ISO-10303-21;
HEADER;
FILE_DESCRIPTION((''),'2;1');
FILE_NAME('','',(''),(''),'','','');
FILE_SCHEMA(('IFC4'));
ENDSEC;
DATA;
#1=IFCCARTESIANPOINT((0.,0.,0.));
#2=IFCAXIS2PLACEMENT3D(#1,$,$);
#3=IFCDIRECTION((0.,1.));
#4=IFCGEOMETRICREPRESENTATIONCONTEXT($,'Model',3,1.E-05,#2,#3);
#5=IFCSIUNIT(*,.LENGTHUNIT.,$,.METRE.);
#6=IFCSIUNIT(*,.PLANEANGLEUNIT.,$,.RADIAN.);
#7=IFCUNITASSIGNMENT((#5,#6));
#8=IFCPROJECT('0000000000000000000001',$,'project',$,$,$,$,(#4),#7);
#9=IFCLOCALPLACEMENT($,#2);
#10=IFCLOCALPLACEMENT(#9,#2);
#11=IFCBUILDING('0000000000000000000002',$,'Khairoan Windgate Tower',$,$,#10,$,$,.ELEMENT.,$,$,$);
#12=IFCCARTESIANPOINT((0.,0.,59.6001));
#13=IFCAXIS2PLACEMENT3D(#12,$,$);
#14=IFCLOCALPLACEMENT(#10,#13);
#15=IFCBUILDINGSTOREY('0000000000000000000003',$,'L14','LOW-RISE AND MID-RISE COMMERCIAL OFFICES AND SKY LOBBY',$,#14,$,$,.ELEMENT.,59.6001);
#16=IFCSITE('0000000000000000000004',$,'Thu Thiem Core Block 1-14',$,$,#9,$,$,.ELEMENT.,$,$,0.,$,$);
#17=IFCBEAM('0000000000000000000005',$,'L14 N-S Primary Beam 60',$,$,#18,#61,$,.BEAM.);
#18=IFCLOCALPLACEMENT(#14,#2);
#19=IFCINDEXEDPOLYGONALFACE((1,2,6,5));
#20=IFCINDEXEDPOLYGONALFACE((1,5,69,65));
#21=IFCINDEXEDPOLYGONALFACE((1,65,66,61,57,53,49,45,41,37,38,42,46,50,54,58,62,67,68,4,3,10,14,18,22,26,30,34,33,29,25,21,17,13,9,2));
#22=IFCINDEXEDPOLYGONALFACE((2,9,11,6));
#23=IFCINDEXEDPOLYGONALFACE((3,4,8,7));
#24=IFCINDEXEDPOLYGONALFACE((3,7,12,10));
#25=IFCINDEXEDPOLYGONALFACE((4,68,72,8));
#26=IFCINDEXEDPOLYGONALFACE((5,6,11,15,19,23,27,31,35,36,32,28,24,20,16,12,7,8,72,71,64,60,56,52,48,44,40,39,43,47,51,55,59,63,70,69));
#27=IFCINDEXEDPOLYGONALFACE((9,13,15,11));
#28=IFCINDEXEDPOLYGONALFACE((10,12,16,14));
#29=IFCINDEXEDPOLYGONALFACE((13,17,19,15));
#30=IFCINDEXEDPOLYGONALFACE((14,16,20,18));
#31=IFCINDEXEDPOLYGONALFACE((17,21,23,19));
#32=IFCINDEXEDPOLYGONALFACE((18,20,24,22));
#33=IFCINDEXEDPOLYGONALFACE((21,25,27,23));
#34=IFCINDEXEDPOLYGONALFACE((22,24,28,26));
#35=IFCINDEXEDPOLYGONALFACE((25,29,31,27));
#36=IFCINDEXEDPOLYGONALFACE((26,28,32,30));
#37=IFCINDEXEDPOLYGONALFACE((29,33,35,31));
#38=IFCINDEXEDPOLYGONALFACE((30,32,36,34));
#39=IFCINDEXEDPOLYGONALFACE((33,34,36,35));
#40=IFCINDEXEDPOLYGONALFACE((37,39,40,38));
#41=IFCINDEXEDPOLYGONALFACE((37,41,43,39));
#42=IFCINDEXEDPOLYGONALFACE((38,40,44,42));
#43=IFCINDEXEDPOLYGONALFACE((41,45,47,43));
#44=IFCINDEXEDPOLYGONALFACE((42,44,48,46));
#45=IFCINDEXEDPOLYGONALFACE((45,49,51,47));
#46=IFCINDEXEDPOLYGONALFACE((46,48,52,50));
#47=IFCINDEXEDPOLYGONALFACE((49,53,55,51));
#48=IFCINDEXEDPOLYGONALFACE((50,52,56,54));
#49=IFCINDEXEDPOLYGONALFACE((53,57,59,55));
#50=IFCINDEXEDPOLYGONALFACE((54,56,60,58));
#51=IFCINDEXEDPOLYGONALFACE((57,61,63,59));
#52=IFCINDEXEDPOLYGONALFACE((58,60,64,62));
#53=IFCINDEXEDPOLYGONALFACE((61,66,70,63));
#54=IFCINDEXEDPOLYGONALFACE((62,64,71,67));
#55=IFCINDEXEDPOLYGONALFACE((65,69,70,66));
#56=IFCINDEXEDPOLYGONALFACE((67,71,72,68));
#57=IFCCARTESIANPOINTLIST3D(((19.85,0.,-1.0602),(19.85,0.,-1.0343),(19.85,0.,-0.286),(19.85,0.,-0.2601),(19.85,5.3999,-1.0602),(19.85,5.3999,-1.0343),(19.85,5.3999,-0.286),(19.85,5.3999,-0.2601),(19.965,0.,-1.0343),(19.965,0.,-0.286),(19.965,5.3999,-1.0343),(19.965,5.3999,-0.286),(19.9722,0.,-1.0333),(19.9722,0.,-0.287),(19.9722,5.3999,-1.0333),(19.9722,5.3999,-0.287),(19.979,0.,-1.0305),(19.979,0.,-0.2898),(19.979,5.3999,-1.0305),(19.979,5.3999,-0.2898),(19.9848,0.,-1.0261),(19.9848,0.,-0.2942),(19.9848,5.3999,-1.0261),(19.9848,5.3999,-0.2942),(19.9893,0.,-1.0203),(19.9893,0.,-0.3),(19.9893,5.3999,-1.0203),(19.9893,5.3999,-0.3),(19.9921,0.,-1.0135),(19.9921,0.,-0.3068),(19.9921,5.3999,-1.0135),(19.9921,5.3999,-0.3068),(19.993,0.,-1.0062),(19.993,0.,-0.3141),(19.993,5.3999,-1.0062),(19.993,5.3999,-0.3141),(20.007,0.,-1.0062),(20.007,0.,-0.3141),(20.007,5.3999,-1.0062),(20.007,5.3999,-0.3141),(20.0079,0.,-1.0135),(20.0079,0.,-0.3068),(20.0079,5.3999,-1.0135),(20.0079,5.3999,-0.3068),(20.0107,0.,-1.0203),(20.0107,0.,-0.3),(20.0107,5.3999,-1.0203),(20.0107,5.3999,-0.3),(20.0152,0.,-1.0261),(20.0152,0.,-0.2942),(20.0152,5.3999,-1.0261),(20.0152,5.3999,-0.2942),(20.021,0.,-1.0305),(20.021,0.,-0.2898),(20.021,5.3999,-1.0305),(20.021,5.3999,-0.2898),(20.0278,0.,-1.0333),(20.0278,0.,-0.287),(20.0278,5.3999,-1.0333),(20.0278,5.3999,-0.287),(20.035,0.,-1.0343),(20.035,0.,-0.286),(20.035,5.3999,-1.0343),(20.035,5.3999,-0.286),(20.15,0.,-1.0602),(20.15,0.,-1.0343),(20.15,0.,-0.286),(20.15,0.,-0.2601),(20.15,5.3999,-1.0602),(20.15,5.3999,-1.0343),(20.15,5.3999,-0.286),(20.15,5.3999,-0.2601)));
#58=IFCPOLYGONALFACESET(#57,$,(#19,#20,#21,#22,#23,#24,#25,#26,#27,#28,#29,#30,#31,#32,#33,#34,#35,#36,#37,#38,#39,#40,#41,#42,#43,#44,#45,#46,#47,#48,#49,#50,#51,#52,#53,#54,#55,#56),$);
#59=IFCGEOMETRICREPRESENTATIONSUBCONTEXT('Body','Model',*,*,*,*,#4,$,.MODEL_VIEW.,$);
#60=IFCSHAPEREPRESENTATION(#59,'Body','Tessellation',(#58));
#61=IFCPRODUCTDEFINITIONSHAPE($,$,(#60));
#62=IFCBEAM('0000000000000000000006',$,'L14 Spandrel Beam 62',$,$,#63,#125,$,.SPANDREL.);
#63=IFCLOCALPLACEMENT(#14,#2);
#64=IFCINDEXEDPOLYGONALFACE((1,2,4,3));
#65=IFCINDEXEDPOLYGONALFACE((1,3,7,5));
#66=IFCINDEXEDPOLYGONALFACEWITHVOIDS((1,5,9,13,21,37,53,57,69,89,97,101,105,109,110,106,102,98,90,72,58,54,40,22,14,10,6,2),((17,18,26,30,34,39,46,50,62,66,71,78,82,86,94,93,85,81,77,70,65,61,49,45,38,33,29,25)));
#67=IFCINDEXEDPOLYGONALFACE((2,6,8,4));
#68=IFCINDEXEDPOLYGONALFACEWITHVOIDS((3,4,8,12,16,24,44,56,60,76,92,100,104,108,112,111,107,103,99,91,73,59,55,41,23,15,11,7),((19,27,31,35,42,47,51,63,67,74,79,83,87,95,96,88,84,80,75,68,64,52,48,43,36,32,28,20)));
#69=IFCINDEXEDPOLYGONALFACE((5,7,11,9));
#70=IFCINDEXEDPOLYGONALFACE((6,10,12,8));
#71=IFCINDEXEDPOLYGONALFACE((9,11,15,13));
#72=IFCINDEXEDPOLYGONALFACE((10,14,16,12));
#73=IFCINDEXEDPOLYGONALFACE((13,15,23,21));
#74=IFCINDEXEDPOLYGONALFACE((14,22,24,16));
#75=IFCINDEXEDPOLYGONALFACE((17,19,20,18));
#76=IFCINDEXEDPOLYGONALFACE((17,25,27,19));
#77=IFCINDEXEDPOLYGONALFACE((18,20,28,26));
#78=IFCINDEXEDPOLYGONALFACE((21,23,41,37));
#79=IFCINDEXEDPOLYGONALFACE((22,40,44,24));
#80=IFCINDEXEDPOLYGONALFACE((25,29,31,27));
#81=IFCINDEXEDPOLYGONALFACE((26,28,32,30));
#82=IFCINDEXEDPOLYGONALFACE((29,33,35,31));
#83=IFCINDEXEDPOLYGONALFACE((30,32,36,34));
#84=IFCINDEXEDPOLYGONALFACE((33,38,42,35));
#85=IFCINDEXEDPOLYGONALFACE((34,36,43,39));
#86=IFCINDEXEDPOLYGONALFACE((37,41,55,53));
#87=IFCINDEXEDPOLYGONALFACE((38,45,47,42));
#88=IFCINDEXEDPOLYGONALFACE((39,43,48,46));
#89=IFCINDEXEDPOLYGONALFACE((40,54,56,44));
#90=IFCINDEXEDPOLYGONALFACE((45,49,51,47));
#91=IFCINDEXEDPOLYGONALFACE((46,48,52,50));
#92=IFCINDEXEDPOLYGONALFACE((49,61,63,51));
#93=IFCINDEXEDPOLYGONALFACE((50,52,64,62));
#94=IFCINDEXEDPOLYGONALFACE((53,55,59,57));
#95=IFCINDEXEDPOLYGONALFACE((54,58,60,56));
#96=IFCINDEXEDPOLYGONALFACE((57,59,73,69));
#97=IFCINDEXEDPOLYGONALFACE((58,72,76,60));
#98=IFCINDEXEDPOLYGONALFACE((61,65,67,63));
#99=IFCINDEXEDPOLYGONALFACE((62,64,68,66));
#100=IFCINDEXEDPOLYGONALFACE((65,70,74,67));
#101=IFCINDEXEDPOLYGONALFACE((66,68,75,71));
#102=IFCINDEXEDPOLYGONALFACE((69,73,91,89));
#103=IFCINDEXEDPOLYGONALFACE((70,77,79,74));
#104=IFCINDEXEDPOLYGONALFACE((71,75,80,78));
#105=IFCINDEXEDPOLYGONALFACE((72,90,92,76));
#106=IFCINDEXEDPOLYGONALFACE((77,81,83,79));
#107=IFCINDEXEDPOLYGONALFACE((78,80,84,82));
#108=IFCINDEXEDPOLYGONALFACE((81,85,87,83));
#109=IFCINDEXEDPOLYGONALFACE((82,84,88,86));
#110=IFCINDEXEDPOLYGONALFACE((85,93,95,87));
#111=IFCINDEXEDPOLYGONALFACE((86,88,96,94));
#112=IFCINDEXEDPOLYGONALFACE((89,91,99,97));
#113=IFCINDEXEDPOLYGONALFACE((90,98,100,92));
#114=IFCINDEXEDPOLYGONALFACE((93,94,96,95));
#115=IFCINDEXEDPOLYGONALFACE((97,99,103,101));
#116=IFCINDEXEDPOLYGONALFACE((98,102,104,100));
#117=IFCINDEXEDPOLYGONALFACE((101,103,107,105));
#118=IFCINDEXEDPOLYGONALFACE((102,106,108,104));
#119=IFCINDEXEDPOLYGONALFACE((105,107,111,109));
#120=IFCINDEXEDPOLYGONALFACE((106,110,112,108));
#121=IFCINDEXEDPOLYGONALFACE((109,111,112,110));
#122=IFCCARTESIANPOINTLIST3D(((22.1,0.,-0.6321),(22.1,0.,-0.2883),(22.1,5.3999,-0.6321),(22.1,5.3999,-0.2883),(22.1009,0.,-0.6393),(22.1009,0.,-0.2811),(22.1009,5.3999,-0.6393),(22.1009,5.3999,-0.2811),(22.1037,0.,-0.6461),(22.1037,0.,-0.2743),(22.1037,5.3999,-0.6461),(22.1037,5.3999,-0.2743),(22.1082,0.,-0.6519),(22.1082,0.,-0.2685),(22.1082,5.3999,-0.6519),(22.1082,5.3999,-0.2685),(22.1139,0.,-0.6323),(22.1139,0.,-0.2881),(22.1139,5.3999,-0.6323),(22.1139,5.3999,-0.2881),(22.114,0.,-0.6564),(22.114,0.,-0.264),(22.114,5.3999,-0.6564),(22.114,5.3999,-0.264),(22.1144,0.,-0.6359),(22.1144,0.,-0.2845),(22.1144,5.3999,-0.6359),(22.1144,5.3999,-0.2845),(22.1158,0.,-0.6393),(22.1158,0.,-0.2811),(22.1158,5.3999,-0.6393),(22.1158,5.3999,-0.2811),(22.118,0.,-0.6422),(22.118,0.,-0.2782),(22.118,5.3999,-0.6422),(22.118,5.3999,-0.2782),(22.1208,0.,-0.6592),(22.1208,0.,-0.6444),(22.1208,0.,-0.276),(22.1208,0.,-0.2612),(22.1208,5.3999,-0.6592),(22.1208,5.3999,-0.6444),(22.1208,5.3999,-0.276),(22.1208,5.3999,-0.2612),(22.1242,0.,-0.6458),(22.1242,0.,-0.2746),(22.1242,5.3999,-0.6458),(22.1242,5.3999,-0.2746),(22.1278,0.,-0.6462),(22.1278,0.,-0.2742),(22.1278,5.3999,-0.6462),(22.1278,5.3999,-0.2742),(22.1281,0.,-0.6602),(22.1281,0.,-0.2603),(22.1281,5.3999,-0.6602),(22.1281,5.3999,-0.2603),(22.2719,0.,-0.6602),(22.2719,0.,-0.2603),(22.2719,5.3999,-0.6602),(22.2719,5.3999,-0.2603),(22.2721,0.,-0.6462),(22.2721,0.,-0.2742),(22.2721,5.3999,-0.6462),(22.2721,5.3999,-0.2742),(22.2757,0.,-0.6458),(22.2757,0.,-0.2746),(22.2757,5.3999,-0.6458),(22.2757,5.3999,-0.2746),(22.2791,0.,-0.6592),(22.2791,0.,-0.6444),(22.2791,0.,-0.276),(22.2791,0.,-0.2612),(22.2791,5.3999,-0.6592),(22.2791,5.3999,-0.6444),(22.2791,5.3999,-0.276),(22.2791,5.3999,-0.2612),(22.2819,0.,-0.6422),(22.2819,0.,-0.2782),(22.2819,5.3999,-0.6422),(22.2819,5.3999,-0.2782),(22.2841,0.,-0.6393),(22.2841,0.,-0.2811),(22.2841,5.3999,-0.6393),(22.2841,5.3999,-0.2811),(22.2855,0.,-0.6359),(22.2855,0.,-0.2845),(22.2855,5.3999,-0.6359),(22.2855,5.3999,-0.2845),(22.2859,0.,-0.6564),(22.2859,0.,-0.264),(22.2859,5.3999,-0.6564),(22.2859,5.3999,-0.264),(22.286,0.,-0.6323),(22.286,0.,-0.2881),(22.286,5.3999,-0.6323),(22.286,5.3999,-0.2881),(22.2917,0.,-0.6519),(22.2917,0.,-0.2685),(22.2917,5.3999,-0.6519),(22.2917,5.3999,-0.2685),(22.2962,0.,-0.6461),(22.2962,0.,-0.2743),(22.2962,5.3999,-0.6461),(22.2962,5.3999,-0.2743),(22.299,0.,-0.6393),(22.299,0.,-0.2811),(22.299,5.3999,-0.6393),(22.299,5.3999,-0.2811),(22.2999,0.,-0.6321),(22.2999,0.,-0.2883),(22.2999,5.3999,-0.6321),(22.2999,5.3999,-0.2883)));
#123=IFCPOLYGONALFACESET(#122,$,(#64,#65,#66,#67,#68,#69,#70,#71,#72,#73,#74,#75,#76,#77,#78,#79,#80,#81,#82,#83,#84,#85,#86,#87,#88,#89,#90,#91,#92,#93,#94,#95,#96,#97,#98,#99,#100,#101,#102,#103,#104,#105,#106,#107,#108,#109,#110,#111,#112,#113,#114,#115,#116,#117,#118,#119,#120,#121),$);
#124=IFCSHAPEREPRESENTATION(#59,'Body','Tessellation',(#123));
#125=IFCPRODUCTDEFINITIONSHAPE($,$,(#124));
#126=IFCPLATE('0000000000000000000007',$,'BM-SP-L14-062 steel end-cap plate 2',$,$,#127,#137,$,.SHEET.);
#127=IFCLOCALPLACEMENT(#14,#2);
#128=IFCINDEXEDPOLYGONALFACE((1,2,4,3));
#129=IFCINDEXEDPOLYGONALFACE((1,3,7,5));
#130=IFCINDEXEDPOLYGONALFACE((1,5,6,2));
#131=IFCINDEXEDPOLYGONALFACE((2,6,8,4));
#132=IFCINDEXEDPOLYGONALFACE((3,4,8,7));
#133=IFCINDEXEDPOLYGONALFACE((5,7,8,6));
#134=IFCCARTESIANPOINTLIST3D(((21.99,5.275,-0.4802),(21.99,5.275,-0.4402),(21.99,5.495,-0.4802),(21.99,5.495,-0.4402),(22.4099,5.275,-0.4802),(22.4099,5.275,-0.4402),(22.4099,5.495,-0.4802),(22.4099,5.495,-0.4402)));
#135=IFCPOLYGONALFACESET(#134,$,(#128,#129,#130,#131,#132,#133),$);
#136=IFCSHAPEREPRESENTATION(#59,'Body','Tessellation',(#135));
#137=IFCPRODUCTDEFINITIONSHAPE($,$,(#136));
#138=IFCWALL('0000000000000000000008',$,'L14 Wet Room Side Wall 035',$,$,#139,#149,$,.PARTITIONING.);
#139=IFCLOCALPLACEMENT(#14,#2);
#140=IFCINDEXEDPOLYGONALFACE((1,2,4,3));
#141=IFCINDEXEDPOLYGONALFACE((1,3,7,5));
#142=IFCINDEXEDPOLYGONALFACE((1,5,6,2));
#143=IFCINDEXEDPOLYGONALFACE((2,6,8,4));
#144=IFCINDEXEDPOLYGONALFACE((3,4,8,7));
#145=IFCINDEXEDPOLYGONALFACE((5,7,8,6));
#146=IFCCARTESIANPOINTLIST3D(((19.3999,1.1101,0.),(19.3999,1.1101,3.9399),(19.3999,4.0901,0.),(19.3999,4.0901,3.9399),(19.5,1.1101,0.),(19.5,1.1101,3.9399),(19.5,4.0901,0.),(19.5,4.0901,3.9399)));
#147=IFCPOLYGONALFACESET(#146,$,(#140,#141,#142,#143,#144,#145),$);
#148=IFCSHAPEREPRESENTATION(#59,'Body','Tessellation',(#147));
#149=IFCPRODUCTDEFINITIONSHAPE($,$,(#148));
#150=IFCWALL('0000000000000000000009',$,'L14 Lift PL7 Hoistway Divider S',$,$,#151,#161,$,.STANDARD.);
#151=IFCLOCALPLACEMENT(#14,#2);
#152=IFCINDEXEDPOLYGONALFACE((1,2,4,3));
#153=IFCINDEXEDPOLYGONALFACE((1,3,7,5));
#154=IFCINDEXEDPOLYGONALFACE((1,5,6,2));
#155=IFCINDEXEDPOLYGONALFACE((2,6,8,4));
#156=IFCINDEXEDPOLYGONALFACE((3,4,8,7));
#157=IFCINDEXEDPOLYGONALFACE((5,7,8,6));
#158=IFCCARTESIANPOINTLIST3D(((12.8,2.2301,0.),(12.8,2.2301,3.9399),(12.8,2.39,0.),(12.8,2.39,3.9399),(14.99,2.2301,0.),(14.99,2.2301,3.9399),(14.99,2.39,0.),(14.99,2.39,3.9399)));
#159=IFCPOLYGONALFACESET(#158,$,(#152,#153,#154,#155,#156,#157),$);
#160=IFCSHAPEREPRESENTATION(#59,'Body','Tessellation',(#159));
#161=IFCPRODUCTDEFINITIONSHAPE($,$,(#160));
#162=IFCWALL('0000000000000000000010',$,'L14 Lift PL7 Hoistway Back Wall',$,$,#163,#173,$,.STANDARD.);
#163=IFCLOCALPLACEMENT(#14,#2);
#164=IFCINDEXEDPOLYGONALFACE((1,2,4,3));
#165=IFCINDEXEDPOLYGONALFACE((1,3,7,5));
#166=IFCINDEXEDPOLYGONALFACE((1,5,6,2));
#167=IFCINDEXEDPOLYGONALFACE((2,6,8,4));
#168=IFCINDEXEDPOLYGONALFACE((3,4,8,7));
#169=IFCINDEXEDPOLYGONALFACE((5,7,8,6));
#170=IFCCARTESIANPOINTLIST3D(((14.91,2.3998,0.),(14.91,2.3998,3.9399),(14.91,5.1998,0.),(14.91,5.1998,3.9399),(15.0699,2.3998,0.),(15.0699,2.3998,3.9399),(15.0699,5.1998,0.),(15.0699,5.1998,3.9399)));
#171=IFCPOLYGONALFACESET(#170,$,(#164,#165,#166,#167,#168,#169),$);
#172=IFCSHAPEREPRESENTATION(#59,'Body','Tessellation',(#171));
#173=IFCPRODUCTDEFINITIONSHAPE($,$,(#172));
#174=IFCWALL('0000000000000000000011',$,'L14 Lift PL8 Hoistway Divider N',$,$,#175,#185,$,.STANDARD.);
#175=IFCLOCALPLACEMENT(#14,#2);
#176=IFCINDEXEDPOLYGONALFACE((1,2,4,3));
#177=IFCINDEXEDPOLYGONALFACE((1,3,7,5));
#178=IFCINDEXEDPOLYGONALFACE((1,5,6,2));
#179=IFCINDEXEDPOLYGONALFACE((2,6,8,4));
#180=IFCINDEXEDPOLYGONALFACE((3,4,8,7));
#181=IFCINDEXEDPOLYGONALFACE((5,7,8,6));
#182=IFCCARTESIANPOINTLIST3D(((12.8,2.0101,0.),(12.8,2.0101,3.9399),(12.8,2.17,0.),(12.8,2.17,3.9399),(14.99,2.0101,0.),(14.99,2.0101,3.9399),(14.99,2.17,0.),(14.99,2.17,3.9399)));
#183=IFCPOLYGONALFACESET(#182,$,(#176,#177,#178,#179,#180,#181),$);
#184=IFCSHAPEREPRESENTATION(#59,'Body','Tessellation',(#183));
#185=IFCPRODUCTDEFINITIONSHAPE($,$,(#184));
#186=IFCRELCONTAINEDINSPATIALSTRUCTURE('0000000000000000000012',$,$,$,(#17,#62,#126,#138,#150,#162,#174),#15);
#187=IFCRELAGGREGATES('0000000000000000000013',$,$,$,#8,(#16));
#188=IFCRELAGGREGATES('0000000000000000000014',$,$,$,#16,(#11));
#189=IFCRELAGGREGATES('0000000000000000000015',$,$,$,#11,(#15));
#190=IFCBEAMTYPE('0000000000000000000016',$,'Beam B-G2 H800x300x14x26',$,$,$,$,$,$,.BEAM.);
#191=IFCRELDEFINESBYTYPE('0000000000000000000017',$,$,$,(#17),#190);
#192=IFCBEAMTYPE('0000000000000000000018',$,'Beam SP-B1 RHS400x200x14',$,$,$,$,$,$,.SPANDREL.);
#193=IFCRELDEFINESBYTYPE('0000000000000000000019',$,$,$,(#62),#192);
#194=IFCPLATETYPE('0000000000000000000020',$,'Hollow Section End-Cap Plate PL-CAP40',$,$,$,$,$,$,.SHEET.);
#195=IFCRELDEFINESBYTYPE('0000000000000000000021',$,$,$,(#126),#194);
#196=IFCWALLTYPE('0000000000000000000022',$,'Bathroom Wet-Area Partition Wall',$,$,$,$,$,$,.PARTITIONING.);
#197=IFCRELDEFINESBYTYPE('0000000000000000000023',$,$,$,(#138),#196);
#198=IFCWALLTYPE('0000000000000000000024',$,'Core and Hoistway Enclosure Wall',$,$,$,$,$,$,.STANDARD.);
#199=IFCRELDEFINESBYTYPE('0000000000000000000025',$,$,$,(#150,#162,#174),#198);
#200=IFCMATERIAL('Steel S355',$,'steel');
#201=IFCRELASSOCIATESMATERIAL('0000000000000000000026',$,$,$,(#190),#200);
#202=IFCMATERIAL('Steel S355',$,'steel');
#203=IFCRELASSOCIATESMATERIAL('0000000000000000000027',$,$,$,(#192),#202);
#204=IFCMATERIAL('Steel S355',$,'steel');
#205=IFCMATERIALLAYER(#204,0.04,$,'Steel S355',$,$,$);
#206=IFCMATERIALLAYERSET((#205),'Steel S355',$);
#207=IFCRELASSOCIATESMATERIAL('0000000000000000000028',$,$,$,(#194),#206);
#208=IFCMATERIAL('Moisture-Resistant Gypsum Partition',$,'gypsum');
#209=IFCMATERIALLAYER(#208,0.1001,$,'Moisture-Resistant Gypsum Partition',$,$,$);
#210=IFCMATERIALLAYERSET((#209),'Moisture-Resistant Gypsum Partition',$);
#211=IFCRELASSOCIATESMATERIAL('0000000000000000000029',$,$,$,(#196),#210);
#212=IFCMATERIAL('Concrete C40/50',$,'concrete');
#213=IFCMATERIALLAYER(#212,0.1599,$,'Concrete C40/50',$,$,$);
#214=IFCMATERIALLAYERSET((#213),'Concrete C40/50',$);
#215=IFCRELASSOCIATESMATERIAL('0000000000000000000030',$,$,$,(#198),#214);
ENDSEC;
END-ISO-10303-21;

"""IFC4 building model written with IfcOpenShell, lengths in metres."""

from ifc_helpers import new_model, si_unit, direction, frame, frame_2d, origin, origin_2d, place, context, subcontext, project, spatial, rectangle, hollow_rectangle, i_section, extrude, material, layer, layer_set, material_profile, profile_set, type_object, element, save


model = new_model("IFC4")

# Units and contexts
model_context = context("Model", 3, precision=1e-05, world=origin(), true_north=direction((0.0, 1.0)))
body_context = subcontext(model_context, "Body", "Model", "MODEL_VIEW")
ifc_project = project(units=[si_unit("LENGTHUNIT", "METRE"), si_unit("PLANEANGLEUNIT", "RADIAN")], contexts=[model_context])

# Site, building, storey
site_placement = place(None, origin())
site = spatial("IfcSite", under=ifc_project, at=site_placement, Name="Thu Thiem Core Block 1-14", CompositionType="ELEMENT", RefElevation=0.0)
building_placement = place(site_placement, origin())
building = spatial("IfcBuilding", under=site, at=building_placement, Name="Khairoan Windgate Tower", CompositionType="ELEMENT")
storey_placement = place(building_placement, frame((0.0, 0.0, 59.6001)))
storey = spatial("IfcBuildingStorey", under=building, at=storey_placement, Name="L14", Description="LOW-RISE AND MID-RISE COMMERCIAL OFFICES AND SKY LOBBY", CompositionType="ELEMENT", Elevation=59.6001)

# Beams
ifc_material_1 = material(Name="Steel S355", Category="steel")
ifc_material_profile_1 = material_profile(ifc_material_1, i_section(OverallWidth=0.3, OverallDepth=0.8, WebThickness=0.0139, FlangeThickness=0.0259, FilletRadius=0.0281, at=origin_2d()))
ifc_profile_set_1 = profile_set([ifc_material_profile_1], Name="Steel S355")
beam_type_1 = type_object("IfcBeamType", Name="Beam B-G2 H800x300x14x26", PredefinedType="BEAM", material=ifc_profile_set_1)
beam_1_placement = place(storey_placement, frame((20.0, 0.0, -0.6602), z_axis=(0.0, 1.0, 0.0), x_axis=(-1.0, 0.0, 0.0)))
element("IfcBeam", 1, at=beam_1_placement, inside=storey, type_object=beam_type_1, Name="L14 N-S Primary Beam 60", PredefinedType="BEAM", context=body_context, shape_type="SweptSolid", body=[
    extrude(i_section(OverallWidth=0.3, OverallDepth=0.8, WebThickness=0.0139, FlangeThickness=0.0259, FilletRadius=0.0281, at=origin_2d()), origin(), (0.0, 0.0, 1.0), 5.3999),
])
ifc_material_2 = material(Name="Steel S355", Category="steel")
ifc_material_profile_2 = material_profile(ifc_material_2, hollow_rectangle(XDim=0.2, YDim=0.3999, WallThickness=0.0139, InnerFilletRadius=0.0139, OuterFilletRadius=0.0281, at=origin_2d()))
ifc_profile_set_2 = profile_set([ifc_material_profile_2], Name="Steel S355")
beam_type_2 = type_object("IfcBeamType", Name="Beam SP-B1 RHS400x200x14", PredefinedType="SPANDREL", material=ifc_profile_set_2)
beam_2_placement = place(storey_placement, frame((22.2, 0.0, -0.4602), z_axis=(0.0, 1.0, 0.0), x_axis=(-1.0, 0.0, 0.0)))
element("IfcBeam", 2, at=beam_2_placement, inside=storey, type_object=beam_type_2, Name="L14 Spandrel Beam 62", PredefinedType="SPANDREL", context=body_context, shape_type="SweptSolid", body=[
    extrude(hollow_rectangle(XDim=0.2, YDim=0.3999, WallThickness=0.0139, InnerFilletRadius=0.0139, OuterFilletRadius=0.0281, at=origin_2d()), origin(), (0.0, 0.0, 1.0), 5.3999),
])

# Plate
ifc_material_3 = material(Name="Steel S355", Category="steel")
ifc_layer_1 = layer(ifc_material_3, 0.04, Name="Steel S355")
ifc_layer_set_1 = layer_set([ifc_layer_1], Name="Steel S355")
plate_type = type_object("IfcPlateType", Name="Hollow Section End-Cap Plate PL-CAP40", PredefinedType="SHEET", material=ifc_layer_set_1)
plate_placement = place(storey_placement, frame((22.2, 5.385, -0.4802), z_axis=(0.0, 0.0, 1.0), x_axis=(0.0, 1.0, 0.0)))
element("IfcPlate", 3, at=plate_placement, inside=storey, type_object=plate_type, Name="BM-SP-L14-062 steel end-cap plate 2", PredefinedType="SHEET", context=body_context, shape_type="SweptSolid", body=[
    extrude(rectangle(XDim=0.22, YDim=0.4199, at=origin_2d()), origin(), (0.0, 0.0, 1.0), 0.04),
])

# Walls
ifc_material_4 = material(Name="Moisture-Resistant Gypsum Partition", Category="gypsum")
ifc_layer_2 = layer(ifc_material_4, 0.1001, Name="Moisture-Resistant Gypsum Partition")
ifc_layer_set_2 = layer_set([ifc_layer_2], Name="Moisture-Resistant Gypsum Partition")
wall_type_1 = type_object("IfcWallType", Name="Bathroom Wet-Area Partition Wall", PredefinedType="PARTITIONING", material=ifc_layer_set_2)
wall_1_placement = place(storey_placement, frame((19.45, 4.0901, 0.0), z_axis=(0.0, 0.0, 1.0), x_axis=(0.0, -1.0, 0.0)))
element("IfcWall", 4, at=wall_1_placement, inside=storey, type_object=wall_type_1, Name="L14 Wet Room Side Wall 035", PredefinedType="PARTITIONING", context=body_context, shape_type="SweptSolid", body=[
    extrude(rectangle(XDim=2.98, YDim=0.1001, at=frame_2d((1.49, 0.0))), origin(), (0.0, 0.0, 1.0), 3.9399),
])
ifc_material_5 = material(Name="Concrete C40/50", Category="concrete")
ifc_layer_3 = layer(ifc_material_5, 0.1599, Name="Concrete C40/50")
ifc_layer_set_3 = layer_set([ifc_layer_3], Name="Concrete C40/50")
wall_type_2 = type_object("IfcWallType", Name="Core and Hoistway Enclosure Wall", PredefinedType="STANDARD", material=ifc_layer_set_3)
wall_2_placement = place(storey_placement, frame((12.8, 2.3101, 0.0), z_axis=(0.0, 0.0, 1.0), x_axis=(1.0, 0.0, 0.0)))
element("IfcWall", 5, at=wall_2_placement, inside=storey, type_object=wall_type_2, Name="L14 Lift PL7 Hoistway Divider S", PredefinedType="STANDARD", context=body_context, shape_type="SweptSolid", body=[
    extrude(rectangle(XDim=2.1899, YDim=0.1599, at=frame_2d((1.095, 0.0))), origin(), (0.0, 0.0, 1.0), 3.9399),
])
wall_3_placement = place(storey_placement, frame((14.99, 2.3999, 0.0), z_axis=(0.0, 0.0, 1.0), x_axis=(0.0, 1.0, 0.0)))
element("IfcWall", 6, at=wall_3_placement, inside=storey, type_object=wall_type_2, Name="L14 Lift PL7 Hoistway Back Wall", PredefinedType="STANDARD", context=body_context, shape_type="SweptSolid", body=[
    extrude(rectangle(XDim=2.8, YDim=0.1599, at=frame_2d((1.3999, 0.0))), origin(), (0.0, 0.0, 1.0), 3.9399),
])
wall_4_placement = place(storey_placement, frame((12.8, 2.0901, 0.0), z_axis=(0.0, 0.0, 1.0), x_axis=(1.0, 0.0, 0.0)))
element("IfcWall", 7, at=wall_4_placement, inside=storey, type_object=wall_type_2, Name="L14 Lift PL8 Hoistway Divider N", PredefinedType="STANDARD", context=body_context, shape_type="SweptSolid", body=[
    extrude(rectangle(XDim=2.1899, YDim=0.1599, at=frame_2d((1.095, 0.0))), origin(), (0.0, 0.0, 1.0), 3.9399),
])

save(model, "model.ifc")
